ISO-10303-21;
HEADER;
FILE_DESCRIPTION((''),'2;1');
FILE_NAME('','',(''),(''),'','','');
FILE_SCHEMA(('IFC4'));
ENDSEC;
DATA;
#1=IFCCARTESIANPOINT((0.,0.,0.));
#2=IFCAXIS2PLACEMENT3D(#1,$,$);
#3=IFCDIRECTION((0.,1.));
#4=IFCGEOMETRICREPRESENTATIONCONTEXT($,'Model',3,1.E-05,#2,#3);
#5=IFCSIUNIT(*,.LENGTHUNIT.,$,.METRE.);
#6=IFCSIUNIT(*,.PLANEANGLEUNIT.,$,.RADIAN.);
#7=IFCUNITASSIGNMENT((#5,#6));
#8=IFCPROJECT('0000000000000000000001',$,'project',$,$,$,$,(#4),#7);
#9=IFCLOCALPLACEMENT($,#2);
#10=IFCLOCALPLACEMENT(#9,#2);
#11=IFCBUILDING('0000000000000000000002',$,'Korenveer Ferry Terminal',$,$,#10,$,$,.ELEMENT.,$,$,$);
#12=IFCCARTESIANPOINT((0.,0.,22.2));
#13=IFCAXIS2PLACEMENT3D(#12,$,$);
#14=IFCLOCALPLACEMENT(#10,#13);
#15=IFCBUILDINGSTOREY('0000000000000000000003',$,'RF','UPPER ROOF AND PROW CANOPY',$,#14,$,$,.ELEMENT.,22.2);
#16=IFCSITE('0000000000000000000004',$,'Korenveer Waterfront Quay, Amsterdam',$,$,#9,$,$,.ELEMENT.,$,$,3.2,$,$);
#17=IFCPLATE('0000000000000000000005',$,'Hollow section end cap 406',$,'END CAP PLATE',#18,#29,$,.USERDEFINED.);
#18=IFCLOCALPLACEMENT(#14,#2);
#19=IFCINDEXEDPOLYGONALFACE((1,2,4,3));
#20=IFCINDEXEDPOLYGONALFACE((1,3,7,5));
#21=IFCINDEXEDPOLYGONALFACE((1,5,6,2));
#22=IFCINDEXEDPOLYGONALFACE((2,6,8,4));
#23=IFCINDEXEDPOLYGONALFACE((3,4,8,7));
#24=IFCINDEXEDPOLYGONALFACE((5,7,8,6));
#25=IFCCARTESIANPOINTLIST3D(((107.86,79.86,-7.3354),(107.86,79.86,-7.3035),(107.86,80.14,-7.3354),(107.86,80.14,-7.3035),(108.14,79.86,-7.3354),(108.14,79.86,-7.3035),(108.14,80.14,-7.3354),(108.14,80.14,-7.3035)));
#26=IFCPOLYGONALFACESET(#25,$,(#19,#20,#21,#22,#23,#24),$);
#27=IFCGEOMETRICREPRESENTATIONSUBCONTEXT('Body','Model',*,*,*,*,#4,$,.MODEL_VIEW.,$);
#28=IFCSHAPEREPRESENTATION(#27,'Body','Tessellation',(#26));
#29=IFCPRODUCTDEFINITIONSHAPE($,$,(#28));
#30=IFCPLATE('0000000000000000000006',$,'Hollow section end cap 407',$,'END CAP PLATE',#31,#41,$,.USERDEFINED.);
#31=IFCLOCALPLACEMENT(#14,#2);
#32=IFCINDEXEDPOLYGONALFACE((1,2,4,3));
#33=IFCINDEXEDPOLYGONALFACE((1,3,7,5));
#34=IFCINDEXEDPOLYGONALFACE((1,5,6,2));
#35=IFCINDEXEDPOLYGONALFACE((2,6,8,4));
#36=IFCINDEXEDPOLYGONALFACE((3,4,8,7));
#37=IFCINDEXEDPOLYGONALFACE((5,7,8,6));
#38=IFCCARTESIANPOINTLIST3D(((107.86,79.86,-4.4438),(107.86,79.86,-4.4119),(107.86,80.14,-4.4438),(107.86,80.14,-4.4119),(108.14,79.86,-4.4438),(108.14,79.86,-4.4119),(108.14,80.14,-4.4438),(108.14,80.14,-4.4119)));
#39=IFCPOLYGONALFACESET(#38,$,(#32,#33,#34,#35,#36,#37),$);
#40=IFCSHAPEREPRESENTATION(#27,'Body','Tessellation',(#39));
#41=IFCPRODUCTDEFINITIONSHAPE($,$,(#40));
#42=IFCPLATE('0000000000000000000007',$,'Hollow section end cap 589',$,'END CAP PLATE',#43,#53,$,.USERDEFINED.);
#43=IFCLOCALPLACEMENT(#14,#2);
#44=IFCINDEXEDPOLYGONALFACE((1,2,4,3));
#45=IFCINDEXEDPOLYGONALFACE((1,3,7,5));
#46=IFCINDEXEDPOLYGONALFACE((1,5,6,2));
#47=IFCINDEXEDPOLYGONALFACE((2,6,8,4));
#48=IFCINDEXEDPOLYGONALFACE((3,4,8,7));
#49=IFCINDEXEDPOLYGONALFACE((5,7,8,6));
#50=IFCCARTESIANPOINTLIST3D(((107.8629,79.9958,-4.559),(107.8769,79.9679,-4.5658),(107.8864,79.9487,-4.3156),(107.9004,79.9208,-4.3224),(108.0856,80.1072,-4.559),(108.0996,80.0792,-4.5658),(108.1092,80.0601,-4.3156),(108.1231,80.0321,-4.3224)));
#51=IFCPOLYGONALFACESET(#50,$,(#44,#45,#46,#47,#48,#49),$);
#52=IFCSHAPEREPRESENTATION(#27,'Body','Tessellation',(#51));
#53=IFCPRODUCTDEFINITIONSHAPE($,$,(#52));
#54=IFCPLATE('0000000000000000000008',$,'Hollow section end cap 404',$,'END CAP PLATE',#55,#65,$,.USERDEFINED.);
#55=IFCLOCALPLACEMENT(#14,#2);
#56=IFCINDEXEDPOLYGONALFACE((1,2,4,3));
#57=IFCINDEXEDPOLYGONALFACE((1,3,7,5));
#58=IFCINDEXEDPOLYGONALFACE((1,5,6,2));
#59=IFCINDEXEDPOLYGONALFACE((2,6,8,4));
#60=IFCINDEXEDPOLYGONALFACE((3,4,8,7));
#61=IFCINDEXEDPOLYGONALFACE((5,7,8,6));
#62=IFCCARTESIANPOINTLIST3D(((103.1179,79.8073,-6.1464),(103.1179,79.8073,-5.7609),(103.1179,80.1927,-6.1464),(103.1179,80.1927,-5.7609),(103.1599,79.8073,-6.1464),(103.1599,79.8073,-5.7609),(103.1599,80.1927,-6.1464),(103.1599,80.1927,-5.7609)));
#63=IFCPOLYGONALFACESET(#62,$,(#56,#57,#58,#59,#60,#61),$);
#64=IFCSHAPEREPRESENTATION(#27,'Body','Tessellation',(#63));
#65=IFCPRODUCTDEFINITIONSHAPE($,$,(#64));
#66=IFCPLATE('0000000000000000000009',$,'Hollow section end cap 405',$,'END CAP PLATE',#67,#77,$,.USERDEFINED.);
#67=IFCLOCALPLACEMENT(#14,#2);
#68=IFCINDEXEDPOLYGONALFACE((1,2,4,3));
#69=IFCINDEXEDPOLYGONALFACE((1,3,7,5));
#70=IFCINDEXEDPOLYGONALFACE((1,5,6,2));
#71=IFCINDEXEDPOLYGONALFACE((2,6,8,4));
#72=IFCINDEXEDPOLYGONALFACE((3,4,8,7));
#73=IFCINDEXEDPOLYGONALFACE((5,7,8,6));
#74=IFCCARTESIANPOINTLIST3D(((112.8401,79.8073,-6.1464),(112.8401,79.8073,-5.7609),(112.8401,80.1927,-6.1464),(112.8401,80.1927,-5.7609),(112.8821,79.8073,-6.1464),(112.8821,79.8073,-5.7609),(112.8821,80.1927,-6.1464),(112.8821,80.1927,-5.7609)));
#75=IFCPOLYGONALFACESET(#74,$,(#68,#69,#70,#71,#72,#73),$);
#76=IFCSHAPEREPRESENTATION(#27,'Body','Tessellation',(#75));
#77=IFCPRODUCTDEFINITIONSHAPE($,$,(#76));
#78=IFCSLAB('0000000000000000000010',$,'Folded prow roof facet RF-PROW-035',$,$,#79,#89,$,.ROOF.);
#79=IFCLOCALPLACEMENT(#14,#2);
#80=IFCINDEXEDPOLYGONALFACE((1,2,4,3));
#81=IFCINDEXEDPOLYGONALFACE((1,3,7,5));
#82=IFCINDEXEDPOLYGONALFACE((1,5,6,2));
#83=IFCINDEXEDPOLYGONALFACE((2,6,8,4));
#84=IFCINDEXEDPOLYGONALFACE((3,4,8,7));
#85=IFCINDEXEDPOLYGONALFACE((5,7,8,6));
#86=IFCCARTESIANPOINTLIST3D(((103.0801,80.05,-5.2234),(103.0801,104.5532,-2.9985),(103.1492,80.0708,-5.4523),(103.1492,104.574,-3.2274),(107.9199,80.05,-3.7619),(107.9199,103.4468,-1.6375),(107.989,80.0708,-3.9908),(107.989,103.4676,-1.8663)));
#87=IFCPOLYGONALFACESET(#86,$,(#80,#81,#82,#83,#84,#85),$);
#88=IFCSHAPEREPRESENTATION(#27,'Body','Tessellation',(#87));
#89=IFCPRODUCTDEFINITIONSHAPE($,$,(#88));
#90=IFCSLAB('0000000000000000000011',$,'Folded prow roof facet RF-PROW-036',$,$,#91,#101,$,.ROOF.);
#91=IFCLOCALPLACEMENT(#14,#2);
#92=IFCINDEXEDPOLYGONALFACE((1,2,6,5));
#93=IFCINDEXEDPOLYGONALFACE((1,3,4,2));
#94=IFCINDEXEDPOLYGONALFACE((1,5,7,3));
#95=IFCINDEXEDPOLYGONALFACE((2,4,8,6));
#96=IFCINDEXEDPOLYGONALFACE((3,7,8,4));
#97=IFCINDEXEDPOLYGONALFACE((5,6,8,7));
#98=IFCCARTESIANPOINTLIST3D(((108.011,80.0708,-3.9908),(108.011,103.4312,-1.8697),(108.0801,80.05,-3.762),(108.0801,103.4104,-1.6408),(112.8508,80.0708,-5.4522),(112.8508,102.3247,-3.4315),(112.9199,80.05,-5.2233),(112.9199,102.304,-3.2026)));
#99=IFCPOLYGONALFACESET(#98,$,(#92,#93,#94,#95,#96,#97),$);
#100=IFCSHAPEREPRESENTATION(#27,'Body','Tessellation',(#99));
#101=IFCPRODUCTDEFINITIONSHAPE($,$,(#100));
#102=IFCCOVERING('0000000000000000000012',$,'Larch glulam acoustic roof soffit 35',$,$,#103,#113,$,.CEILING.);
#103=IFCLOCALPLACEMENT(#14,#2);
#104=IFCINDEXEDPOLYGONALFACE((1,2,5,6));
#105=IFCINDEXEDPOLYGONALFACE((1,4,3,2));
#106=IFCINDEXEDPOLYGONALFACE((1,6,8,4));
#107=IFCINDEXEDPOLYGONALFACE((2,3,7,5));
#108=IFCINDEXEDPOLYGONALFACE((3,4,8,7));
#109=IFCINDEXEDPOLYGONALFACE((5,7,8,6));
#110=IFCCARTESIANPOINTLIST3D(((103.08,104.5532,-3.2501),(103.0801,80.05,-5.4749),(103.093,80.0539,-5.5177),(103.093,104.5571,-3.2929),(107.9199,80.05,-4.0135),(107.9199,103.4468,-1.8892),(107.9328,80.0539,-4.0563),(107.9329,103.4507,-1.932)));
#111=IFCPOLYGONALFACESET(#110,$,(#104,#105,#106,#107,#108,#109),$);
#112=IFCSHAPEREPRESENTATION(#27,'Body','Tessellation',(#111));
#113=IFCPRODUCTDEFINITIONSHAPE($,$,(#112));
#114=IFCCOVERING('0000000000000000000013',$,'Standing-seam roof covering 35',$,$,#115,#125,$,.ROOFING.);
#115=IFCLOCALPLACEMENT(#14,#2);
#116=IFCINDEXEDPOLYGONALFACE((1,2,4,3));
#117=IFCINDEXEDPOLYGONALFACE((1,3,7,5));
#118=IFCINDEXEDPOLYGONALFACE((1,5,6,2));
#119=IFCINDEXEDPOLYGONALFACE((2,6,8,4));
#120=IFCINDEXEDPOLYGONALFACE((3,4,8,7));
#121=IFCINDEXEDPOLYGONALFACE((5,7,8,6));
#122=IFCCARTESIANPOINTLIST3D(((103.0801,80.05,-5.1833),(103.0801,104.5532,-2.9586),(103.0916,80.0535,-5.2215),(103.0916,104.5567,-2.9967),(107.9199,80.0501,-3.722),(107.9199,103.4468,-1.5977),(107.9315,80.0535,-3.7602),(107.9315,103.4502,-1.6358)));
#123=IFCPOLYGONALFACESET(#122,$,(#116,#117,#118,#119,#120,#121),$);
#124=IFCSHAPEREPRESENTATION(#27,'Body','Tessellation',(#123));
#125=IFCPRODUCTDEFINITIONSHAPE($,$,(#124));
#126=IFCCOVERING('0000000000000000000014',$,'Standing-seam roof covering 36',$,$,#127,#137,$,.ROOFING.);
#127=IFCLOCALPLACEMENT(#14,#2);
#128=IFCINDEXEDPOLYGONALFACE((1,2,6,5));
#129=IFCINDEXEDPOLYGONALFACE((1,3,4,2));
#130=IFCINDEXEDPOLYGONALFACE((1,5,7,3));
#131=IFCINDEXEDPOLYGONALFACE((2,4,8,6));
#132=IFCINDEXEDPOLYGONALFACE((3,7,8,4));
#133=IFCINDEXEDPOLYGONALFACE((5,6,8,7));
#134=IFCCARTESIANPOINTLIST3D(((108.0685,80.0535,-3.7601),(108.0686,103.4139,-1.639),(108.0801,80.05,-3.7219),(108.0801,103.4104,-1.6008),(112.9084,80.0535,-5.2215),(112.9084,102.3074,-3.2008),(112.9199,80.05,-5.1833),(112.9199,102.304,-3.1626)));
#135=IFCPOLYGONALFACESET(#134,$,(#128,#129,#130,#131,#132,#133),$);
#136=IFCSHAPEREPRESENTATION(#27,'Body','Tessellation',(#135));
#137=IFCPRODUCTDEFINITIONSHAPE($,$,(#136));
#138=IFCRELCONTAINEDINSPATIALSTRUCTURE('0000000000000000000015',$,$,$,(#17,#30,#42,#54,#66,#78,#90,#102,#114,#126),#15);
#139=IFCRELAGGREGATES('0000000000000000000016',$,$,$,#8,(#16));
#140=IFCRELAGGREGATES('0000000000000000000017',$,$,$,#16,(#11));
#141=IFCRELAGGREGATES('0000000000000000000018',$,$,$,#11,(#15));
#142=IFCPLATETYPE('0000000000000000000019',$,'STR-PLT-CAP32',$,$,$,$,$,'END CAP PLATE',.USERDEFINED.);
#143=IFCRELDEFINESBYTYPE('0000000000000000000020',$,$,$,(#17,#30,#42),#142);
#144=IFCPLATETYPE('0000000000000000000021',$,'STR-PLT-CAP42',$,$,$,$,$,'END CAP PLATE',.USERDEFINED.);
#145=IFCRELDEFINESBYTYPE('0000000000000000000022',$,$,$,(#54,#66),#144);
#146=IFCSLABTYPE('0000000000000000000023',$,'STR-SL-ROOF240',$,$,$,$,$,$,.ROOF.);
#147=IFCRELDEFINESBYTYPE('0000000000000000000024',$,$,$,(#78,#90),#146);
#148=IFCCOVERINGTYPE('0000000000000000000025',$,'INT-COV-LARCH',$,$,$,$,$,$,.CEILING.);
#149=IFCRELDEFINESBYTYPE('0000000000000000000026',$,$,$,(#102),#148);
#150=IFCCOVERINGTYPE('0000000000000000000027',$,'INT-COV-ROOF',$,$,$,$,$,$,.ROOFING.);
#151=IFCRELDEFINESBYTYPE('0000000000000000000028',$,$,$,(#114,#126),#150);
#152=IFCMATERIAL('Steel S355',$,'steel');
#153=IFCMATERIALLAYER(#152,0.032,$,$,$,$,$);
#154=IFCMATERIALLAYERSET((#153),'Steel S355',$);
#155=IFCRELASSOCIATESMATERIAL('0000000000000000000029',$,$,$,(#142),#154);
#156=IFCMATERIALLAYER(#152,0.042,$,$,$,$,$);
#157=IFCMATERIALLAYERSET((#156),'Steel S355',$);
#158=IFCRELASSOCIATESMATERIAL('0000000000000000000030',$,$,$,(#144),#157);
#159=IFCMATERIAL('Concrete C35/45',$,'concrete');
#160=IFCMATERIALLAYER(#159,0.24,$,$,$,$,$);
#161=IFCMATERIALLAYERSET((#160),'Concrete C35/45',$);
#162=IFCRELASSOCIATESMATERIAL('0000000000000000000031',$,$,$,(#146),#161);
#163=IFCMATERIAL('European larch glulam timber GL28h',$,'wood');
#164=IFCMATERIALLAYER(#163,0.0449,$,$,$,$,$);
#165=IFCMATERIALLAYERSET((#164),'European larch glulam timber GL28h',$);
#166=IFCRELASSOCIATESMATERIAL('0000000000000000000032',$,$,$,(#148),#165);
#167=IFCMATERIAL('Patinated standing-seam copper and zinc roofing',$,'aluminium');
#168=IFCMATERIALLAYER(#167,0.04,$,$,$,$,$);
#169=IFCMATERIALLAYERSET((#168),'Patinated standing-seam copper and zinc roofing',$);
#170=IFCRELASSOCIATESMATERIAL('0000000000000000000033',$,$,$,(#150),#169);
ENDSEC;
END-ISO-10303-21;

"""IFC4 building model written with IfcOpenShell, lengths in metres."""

from ifc_helpers import new_model, si_unit, direction, frame, origin, origin_2d, place, context, subcontext, project, spatial, polyline, rectangle, outline, extrude, material, layer, layer_set, type_object, element, save


model = new_model("IFC4")

# Units and contexts
model_context = context("Model", 3, precision=1e-05, world=origin(), true_north=direction((0.0, 1.0)))
body_context = subcontext(model_context, "Body", "Model", "MODEL_VIEW")
ifc_project = project(units=[si_unit("LENGTHUNIT", "METRE"), si_unit("PLANEANGLEUNIT", "RADIAN")], contexts=[model_context])

# Site, building, storey
site_placement = place(None, origin())
site = spatial("IfcSite", under=ifc_project, at=site_placement, Name="Korenveer Waterfront Quay, Amsterdam", CompositionType="ELEMENT", RefElevation=3.2)
building_placement = place(site_placement, origin())
building = spatial("IfcBuilding", under=site, at=building_placement, Name="Korenveer Ferry Terminal", CompositionType="ELEMENT")
storey_placement = place(building_placement, frame((0.0, 0.0, 22.2)))
storey = spatial("IfcBuildingStorey", under=building, at=storey_placement, Name="RF", Description="UPPER ROOF AND PROW CANOPY", CompositionType="ELEMENT", Elevation=22.2)

# Shared definitions
ifc_material_1 = material(Name="Steel S355", Category="steel")

# Plates
ifc_layer_1 = layer(ifc_material_1, 0.032)
ifc_layer_set_1 = layer_set([ifc_layer_1], Name="Steel S355")
plate_type_1 = type_object("IfcPlateType", Name="STR-PLT-CAP32", ElementType="END CAP PLATE", PredefinedType="USERDEFINED", material=ifc_layer_set_1)
for number, where, z_axis, x_axis, name in (
    (1, (108.0, 80.0, -7.3354), (0.0, 0.0, 1.0), (1.0, 0.0, 0.0), "Hollow section end cap 406"),
    (2, (108.0, 80.0, -4.4438), (0.0, 0.0, 1.0), (1.0, 0.0, 0.0), "Hollow section end cap 407"),
):
    element("IfcPlate", number, at=place(storey_placement, frame(where, z_axis=z_axis, x_axis=x_axis)), inside=storey, type_object=plate_type_1, Name=name, ObjectType="END CAP PLATE", PredefinedType="USERDEFINED", context=body_context, shape_type="SweptSolid", body=[
        extrude(rectangle(XDim=0.28, YDim=0.28, at=origin_2d()), origin(), (0.0, 0.0, 1.0), 0.032),
    ])
plate_placement = place(storey_placement, frame((108.0, 80.0, -4.4441), z_axis=(-0.43711, 0.874221, 0.21136), x_axis=(-0.894427, -0.447214, 0.0)))
element("IfcPlate", 3, at=plate_placement, inside=storey, type_object=plate_type_1, Name="Hollow section end cap 589", ObjectType="END CAP PLATE", PredefinedType="USERDEFINED", context=body_context, shape_type="SweptSolid", body=[
    extrude(rectangle(XDim=0.249, YDim=0.249, at=origin_2d()), origin(), (0.0, 0.0, 1.0), 0.032),
])
ifc_layer_2 = layer(ifc_material_1, 0.042)
ifc_layer_set_2 = layer_set([ifc_layer_2], Name="Steel S355")
plate_type_2 = type_object("IfcPlateType", Name="STR-PLT-CAP42", ElementType="END CAP PLATE", PredefinedType="USERDEFINED", material=ifc_layer_set_2)
for number, where, z_axis, x_axis, name in (
    (4, (103.1179, 80.0, -5.9536), (1.0, 0.0, 0.0), (0.0, 1.0, 0.0), "Hollow section end cap 404"),
    (5, (112.8401, 80.0, -5.9536), (1.0, 0.0, 0.0), (0.0, 1.0, 0.0), "Hollow section end cap 405"),
):
    element("IfcPlate", number, at=place(storey_placement, frame(where, z_axis=z_axis, x_axis=x_axis)), inside=storey, type_object=plate_type_2, Name=name, ObjectType="END CAP PLATE", PredefinedType="USERDEFINED", context=body_context, shape_type="SweptSolid", body=[
        extrude(rectangle(XDim=0.3855, YDim=0.3855, at=origin_2d()), origin(), (0.0, 0.0, 1.0), 0.042),
    ])

# Slabs
ifc_material_2 = material(Name="Concrete C35/45", Category="concrete")
ifc_layer_3 = layer(ifc_material_2, 0.24)
ifc_layer_set_3 = layer_set([ifc_layer_3], Name="Concrete C35/45")
slab_type = type_object("IfcSlabType", Name="STR-SL-ROOF240", PredefinedType="ROOF", material=ifc_layer_set_3)
slab_1_placement = place(storey_placement, frame((103.0801, 80.05, -5.2234), z_axis=(-0.287992, -0.086598, 0.953709), x_axis=(0.957306, -0.000001, 0.289078)))
element("IfcSlab", 6, at=slab_1_placement, inside=storey, type_object=slab_type, Name="Folded prow roof facet RF-PROW-035", PredefinedType="ROOF", context=body_context, shape_type="SweptSolid", body=[
    extrude(outline(polyline([(0.0, 0.0), (5.0557, 0.0), (5.6698, 23.485), (0.6431, 24.5956), (0.0, 0.0)])), origin(), (0.0, 0.0, -1.0), 0.24),
])
slab_2_placement = place(storey_placement, frame((108.0801, 80.05, -3.762), z_axis=(0.287969, -0.086599, 0.953716), x_axis=(0.957312, -0.000001, -0.289055)))
element("IfcSlab", 7, at=slab_2_placement, inside=storey, type_object=slab_type, Name="Folded prow roof facet RF-PROW-036", PredefinedType="ROOF", context=body_context, shape_type="SweptSolid", body=[
    extrude(outline(polyline([(0.0, 0.0), (5.0557, 0.0), (4.4715, 22.3378), (-0.6131, 23.4484), (0.0, 0.0)])), origin(), (0.0, 0.0, -1.0), 0.24),
])

# Coverings
ifc_material_3 = material(Name="European larch glulam timber GL28h", Category="wood")
ifc_layer_4 = layer(ifc_material_3, 0.0449)
ifc_layer_set_4 = layer_set([ifc_layer_4], Name="European larch glulam timber GL28h")
covering_type_1 = type_object("IfcCoveringType", Name="INT-COV-LARCH", PredefinedType="CEILING", material=ifc_layer_set_4)
covering_1_placement = place(storey_placement, frame((103.0801, 80.05, -5.4749), z_axis=(-0.287969, -0.086594, 0.953717), x_axis=(0.957313, -0.000003, 0.289055)))
element("IfcCovering", 8, at=covering_1_placement, inside=storey, type_object=covering_type_1, Name="Larch glulam acoustic roof soffit 35", PredefinedType="CEILING", context=body_context, shape_type="SweptSolid", body=[
    extrude(outline(polyline([(0.0, 0.0), (5.0556, 0.0), (5.6696, 23.485), (0.643, 24.5955), (0.0, 0.0)])), origin(), (0.0, 0.0, -1.0), 0.0449),
])
ifc_material_4 = material(Name="Patinated standing-seam copper and zinc roofing", Category="aluminium")
ifc_layer_5 = layer(ifc_material_4, 0.04)
ifc_layer_set_5 = layer_set([ifc_layer_5], Name="Patinated standing-seam copper and zinc roofing")
covering_type_2 = type_object("IfcCoveringType", Name="INT-COV-ROOF", PredefinedType="ROOFING", material=ifc_layer_set_5)
covering_2_placement = place(storey_placement, frame((103.0801, 80.05, -5.1833), z_axis=(-0.287969, -0.086594, 0.953717), x_axis=(0.957312, 0.000001, 0.289055)))
element("IfcCovering", 9, at=covering_2_placement, inside=storey, type_object=covering_type_2, Name="Standing-seam roof covering 35", PredefinedType="ROOFING", context=body_context, shape_type="SweptSolid", body=[
    extrude(outline(polyline([(0.0, 0.0), (5.0557, 0.0), (5.6697, 23.4849), (0.6431, 24.5956), (0.0, 0.0)])), origin(), (0.0, 0.0, -1.0), 0.04),
])
covering_3_placement = place(storey_placement, frame((108.0801, 80.05, -3.7219), z_axis=(0.287969, -0.086599, 0.953716), x_axis=(0.957312, -0.000001, -0.289055)))
element("IfcCovering", 10, at=covering_3_placement, inside=storey, type_object=covering_type_2, Name="Standing-seam roof covering 36", PredefinedType="ROOFING", context=body_context, shape_type="SweptSolid", body=[
    extrude(outline(polyline([(0.0, 0.0), (5.0557, 0.0), (4.4715, 22.3378), (-0.6131, 23.4484), (0.0, 0.0)])), origin(), (0.0, 0.0, -1.0), 0.04),
])

save(model, "model.ifc")
